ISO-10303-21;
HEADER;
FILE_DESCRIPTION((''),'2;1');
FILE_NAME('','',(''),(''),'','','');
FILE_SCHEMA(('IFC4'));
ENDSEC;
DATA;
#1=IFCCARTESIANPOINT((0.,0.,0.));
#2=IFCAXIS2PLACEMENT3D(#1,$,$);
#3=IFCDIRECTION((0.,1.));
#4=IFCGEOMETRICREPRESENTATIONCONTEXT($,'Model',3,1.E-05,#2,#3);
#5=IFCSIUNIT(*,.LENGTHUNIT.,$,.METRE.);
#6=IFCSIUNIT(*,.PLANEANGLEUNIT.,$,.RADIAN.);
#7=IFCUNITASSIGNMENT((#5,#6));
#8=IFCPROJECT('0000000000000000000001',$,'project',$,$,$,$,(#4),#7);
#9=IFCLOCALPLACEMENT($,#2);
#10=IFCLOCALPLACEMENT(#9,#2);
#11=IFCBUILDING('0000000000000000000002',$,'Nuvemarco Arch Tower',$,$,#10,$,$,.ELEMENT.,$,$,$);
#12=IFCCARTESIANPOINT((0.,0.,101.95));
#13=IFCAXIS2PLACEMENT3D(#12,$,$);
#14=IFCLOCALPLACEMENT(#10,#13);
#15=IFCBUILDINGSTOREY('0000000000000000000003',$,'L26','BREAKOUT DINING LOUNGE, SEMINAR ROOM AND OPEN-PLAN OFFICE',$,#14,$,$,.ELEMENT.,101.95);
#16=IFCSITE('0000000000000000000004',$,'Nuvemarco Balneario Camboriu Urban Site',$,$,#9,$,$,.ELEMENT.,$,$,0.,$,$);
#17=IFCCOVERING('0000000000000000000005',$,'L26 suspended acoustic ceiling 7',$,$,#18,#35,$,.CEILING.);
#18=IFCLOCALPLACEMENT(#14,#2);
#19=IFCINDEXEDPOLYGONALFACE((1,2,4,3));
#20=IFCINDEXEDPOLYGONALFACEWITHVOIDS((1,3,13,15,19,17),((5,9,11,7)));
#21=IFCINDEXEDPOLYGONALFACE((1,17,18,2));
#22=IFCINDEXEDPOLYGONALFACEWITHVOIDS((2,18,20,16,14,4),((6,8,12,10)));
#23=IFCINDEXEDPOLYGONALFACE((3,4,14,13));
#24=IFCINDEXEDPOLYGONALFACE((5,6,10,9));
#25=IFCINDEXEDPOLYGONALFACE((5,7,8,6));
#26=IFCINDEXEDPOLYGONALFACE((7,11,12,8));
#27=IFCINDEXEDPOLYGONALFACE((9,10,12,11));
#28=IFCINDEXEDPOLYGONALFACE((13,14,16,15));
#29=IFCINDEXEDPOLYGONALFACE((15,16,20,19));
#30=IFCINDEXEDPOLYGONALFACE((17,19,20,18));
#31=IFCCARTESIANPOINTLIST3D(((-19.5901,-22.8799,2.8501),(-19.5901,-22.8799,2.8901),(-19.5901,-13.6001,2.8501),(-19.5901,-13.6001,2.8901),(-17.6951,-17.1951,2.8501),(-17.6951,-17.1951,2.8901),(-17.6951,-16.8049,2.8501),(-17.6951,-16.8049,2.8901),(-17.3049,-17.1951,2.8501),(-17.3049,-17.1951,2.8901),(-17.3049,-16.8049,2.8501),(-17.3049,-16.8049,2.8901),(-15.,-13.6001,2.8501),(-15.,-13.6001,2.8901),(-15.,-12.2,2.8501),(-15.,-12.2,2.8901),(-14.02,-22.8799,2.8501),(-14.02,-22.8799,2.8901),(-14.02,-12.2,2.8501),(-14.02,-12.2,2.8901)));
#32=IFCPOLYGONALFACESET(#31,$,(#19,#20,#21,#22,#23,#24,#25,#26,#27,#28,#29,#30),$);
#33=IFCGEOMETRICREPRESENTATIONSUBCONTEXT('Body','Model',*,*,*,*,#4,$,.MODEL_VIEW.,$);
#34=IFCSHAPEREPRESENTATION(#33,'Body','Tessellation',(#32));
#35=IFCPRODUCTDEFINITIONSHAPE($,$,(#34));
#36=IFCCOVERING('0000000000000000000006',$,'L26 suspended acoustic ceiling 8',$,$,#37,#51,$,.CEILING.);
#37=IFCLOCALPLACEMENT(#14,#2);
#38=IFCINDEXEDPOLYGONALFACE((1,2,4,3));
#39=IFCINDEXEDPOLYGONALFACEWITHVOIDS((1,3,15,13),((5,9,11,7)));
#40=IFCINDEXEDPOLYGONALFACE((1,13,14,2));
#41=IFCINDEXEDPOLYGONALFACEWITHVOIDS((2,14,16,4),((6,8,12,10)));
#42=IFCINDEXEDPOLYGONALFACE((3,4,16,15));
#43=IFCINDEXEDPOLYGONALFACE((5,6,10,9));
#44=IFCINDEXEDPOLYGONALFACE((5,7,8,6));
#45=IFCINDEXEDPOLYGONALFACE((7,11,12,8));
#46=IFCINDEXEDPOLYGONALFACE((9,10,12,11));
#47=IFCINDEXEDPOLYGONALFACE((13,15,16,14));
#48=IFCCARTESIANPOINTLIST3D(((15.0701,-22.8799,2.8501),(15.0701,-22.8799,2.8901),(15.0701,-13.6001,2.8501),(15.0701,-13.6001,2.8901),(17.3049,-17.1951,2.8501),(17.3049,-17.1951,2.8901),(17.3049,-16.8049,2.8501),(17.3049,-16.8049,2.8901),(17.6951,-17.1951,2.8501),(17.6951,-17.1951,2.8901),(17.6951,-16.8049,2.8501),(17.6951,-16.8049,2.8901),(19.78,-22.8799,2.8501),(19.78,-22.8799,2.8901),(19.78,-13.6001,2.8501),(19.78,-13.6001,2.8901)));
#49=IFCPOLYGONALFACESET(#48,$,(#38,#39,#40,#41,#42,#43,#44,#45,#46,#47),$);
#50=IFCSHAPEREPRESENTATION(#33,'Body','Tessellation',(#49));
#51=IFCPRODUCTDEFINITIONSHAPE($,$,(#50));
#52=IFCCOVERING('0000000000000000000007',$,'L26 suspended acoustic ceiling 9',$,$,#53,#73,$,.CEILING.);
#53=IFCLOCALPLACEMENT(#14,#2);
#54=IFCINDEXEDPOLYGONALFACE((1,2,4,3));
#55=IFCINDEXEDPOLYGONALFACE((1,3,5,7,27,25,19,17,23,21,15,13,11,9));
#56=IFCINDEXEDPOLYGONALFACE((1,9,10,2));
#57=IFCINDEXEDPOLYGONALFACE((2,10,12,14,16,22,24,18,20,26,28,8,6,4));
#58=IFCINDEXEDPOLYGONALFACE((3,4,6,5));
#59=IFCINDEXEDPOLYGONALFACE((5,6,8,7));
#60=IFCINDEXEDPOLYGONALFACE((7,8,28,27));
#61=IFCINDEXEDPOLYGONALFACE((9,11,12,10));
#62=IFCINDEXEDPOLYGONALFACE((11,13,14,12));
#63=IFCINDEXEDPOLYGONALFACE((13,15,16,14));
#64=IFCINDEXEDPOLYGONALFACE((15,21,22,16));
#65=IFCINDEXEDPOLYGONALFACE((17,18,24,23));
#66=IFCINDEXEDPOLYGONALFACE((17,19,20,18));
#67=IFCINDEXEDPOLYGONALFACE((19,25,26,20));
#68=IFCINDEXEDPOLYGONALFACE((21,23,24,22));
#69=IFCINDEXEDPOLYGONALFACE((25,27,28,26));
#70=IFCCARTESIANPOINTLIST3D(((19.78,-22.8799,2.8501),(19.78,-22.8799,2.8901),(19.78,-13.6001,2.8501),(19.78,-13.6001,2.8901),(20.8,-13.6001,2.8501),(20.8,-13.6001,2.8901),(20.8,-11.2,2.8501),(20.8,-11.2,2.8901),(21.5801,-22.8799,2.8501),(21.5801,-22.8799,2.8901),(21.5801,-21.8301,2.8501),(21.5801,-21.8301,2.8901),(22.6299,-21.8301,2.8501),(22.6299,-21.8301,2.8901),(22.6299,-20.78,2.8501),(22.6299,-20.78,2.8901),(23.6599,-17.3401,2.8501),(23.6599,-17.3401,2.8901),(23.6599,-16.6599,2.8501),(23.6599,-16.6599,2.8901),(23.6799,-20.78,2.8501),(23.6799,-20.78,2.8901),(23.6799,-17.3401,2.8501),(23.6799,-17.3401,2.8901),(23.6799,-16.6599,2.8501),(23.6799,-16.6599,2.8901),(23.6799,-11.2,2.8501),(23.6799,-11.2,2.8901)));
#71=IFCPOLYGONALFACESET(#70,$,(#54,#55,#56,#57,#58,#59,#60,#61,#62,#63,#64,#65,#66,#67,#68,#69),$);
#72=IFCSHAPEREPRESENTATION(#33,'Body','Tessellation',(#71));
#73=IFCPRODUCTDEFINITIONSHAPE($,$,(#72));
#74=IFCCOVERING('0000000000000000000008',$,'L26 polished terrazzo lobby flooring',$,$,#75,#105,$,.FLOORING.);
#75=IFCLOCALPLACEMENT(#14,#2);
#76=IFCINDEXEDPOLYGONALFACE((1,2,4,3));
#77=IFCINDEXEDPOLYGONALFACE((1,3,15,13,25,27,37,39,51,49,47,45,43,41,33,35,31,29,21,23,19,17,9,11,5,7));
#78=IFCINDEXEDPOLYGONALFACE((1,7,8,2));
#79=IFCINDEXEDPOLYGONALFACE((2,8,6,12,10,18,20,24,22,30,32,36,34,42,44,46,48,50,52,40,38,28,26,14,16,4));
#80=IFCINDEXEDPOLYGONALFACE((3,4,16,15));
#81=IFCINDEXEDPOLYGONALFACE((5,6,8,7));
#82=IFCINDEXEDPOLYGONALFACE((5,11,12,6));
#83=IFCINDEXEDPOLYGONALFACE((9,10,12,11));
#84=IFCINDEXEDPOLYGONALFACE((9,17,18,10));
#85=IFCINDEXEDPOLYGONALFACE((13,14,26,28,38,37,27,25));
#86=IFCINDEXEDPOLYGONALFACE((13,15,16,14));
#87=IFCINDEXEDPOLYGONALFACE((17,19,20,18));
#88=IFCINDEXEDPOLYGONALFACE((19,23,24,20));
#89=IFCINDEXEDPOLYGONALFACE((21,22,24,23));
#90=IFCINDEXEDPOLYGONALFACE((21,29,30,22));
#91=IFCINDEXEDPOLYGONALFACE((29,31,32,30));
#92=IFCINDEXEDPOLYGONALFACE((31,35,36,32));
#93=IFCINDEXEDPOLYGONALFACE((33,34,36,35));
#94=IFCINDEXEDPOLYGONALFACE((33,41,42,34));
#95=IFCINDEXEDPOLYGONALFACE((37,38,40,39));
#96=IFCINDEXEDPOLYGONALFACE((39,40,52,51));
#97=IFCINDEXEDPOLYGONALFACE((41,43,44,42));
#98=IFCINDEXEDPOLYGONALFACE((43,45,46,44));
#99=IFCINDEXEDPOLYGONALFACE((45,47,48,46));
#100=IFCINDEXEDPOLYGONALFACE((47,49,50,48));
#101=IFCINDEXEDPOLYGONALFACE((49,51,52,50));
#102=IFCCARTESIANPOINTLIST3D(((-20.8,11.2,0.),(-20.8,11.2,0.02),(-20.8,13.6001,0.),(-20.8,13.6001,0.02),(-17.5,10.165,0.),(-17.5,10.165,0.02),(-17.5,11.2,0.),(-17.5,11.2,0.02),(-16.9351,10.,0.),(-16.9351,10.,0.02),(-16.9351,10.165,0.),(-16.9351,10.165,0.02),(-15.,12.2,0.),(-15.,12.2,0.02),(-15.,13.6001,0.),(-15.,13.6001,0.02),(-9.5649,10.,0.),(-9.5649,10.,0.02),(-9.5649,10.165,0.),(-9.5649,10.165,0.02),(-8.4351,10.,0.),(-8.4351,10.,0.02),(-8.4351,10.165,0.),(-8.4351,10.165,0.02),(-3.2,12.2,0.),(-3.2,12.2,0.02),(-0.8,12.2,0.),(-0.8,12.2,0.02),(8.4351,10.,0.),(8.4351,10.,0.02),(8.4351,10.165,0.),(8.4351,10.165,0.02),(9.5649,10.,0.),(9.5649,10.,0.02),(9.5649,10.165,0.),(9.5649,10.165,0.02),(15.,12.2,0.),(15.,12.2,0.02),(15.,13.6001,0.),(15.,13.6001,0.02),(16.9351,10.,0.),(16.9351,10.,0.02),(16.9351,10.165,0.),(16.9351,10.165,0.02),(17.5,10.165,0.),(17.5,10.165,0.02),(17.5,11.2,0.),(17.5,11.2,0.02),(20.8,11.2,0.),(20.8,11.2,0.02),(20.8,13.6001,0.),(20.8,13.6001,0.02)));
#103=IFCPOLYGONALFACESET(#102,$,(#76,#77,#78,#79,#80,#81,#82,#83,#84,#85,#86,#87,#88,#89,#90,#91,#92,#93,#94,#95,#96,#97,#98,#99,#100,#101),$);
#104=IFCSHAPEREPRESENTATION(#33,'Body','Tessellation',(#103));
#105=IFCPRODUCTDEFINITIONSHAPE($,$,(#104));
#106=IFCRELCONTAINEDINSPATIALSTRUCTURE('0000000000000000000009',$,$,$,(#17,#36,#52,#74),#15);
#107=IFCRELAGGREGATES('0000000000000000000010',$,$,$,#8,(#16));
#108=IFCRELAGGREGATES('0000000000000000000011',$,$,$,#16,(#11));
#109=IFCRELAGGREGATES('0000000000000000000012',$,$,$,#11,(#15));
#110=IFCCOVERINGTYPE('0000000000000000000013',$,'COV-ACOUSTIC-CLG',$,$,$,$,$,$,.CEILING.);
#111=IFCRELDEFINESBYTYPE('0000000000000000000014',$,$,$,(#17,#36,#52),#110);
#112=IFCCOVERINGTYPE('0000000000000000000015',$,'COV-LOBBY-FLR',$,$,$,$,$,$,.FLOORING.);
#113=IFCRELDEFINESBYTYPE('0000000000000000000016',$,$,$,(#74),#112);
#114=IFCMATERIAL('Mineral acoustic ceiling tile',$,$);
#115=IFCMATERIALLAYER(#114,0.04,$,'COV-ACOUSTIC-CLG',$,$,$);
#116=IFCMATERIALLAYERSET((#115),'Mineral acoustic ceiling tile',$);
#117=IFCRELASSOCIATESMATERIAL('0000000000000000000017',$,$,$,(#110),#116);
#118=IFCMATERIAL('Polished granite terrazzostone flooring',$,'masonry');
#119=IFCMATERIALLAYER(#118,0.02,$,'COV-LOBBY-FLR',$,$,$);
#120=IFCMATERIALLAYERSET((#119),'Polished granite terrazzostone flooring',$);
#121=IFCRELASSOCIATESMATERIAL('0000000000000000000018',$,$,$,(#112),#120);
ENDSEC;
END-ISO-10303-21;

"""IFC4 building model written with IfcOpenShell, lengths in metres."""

from ifc_helpers import new_model, si_unit, direction, frame, origin, place, context, subcontext, project, spatial, polyline, outline, extrude, material, layer, layer_set, type_object, element, save


model = new_model("IFC4")

# Units and contexts
model_context = context("Model", 3, precision=1e-05, world=origin(), true_north=direction((0.0, 1.0)))
body_context = subcontext(model_context, "Body", "Model", "MODEL_VIEW")
ifc_project = project(units=[si_unit("LENGTHUNIT", "METRE"), si_unit("PLANEANGLEUNIT", "RADIAN")], contexts=[model_context])

# Site, building, storey
site_placement = place(None, origin())
site = spatial("IfcSite", under=ifc_project, at=site_placement, Name="Nuvemarco Balneario Camboriu Urban Site", CompositionType="ELEMENT", RefElevation=0.0)
building_placement = place(site_placement, origin())
building = spatial("IfcBuilding", under=site, at=building_placement, Name="Nuvemarco Arch Tower", CompositionType="ELEMENT")
storey_placement = place(building_placement, frame((0.0, 0.0, 101.95)))
storey = spatial("IfcBuildingStorey", under=building, at=storey_placement, Name="L26", Description="BREAKOUT DINING LOUNGE, SEMINAR ROOM AND OPEN-PLAN OFFICE", CompositionType="ELEMENT", Elevation=101.95)

# Coverings
ifc_material_1 = material(Name="Mineral acoustic ceiling tile")
ifc_layer_1 = layer(ifc_material_1, 0.04, Name="COV-ACOUSTIC-CLG")
ifc_layer_set_1 = layer_set([ifc_layer_1], Name="Mineral acoustic ceiling tile")
covering_type_1 = type_object("IfcCoveringType", Name="COV-ACOUSTIC-CLG", PredefinedType="CEILING", material=ifc_layer_set_1)
covering_1_placement = place(storey_placement, frame((0.0, 0.0, 2.8501)))
element("IfcCovering", 1, at=covering_1_placement, inside=storey, type_object=covering_type_1, Name="L26 suspended acoustic ceiling 7", PredefinedType="CEILING", context=body_context, shape_type="SweptSolid", body=[
    extrude(outline(polyline([(-14.02, -12.2), (-14.02, -22.8799), (-19.5901, -22.8799), (-19.5901, -13.6001), (-15.0, -13.6001), (-15.0, -12.2), (-14.02, -12.2)]), holes=[polyline([(-17.3049, -16.8049), (-17.6951, -16.8049), (-17.6951, -17.1951), (-17.3049, -17.1951), (-17.3049, -16.8049)])]), origin(), (0.0, 0.0, 1.0), 0.04),
])
covering_2_placement = place(storey_placement, frame((0.0, 0.0, 2.8501)))
element("IfcCovering", 2, at=covering_2_placement, inside=storey, type_object=covering_type_1, Name="L26 suspended acoustic ceiling 8", PredefinedType="CEILING", context=body_context, shape_type="SweptSolid", body=[
    extrude(outline(polyline([(15.0701, -22.8799), (15.0701, -13.6001), (19.78, -13.6001), (19.78, -22.8799), (15.0701, -22.8799)]), holes=[polyline([(17.6951, -17.1951), (17.6951, -16.8049), (17.3049, -16.8049), (17.3049, -17.1951), (17.6951, -17.1951)])]), origin(), (0.0, 0.0, 1.0), 0.04),
])
covering_3_placement = place(storey_placement, frame((0.0, 0.0, 2.8501)))
element("IfcCovering", 3, at=covering_3_placement, inside=storey, type_object=covering_type_1, Name="L26 suspended acoustic ceiling 9", PredefinedType="CEILING", context=body_context, shape_type="SweptSolid", body=[
    extrude(outline(polyline([(21.5801, -22.8799), (19.78, -22.8799), (19.78, -13.6001), (20.8, -13.6001), (20.8, -11.2), (23.6799, -11.2), (23.6799, -16.6599), (23.6599, -16.6599), (23.6599, -17.3401), (23.6799, -17.3401), (23.6799, -20.78), (22.6299, -20.78), (22.6299, -21.8301), (21.5801, -21.8301), (21.5801, -22.8799)])), origin(), (0.0, 0.0, 1.0), 0.04),
])
ifc_material_2 = material(Name="Polished granite terrazzostone flooring", Category="masonry")
ifc_layer_2 = layer(ifc_material_2, 0.02, Name="COV-LOBBY-FLR")
ifc_layer_set_2 = layer_set([ifc_layer_2], Name="Polished granite terrazzostone flooring")
covering_type_2 = type_object("IfcCoveringType", Name="COV-LOBBY-FLR", PredefinedType="FLOORING", material=ifc_layer_set_2)
covering_4_placement = place(storey_placement, origin())
element("IfcCovering", 4, at=covering_4_placement, inside=storey, type_object=covering_type_2, Name="L26 polished terrazzo lobby flooring", PredefinedType="FLOORING", context=body_context, shape_type="SweptSolid", body=[
    extrude(outline(polyline([(-8.4351, 10.165), (-9.5649, 10.165), (-9.5649, 10.0), (-16.9351, 10.0), (-16.9351, 10.165), (-17.5, 10.165), (-17.5, 11.2), (-20.8, 11.2), (-20.8, 13.6001), (-15.0, 13.6001), (-15.0, 12.2), (-3.2, 12.2), (-0.8, 12.2), (15.0, 12.2), (15.0, 13.6001), (20.8, 13.6001), (20.8, 11.2), (17.5, 11.2), (17.5, 10.165), (16.9351, 10.165), (16.9351, 10.0), (9.5649, 10.0), (9.5649, 10.165), (8.4351, 10.165), (8.4351, 10.0), (-8.4351, 10.0), (-8.4351, 10.165)])), origin(), (0.0, 0.0, 1.0), 0.02),
])

save(model, "model.ifc")
